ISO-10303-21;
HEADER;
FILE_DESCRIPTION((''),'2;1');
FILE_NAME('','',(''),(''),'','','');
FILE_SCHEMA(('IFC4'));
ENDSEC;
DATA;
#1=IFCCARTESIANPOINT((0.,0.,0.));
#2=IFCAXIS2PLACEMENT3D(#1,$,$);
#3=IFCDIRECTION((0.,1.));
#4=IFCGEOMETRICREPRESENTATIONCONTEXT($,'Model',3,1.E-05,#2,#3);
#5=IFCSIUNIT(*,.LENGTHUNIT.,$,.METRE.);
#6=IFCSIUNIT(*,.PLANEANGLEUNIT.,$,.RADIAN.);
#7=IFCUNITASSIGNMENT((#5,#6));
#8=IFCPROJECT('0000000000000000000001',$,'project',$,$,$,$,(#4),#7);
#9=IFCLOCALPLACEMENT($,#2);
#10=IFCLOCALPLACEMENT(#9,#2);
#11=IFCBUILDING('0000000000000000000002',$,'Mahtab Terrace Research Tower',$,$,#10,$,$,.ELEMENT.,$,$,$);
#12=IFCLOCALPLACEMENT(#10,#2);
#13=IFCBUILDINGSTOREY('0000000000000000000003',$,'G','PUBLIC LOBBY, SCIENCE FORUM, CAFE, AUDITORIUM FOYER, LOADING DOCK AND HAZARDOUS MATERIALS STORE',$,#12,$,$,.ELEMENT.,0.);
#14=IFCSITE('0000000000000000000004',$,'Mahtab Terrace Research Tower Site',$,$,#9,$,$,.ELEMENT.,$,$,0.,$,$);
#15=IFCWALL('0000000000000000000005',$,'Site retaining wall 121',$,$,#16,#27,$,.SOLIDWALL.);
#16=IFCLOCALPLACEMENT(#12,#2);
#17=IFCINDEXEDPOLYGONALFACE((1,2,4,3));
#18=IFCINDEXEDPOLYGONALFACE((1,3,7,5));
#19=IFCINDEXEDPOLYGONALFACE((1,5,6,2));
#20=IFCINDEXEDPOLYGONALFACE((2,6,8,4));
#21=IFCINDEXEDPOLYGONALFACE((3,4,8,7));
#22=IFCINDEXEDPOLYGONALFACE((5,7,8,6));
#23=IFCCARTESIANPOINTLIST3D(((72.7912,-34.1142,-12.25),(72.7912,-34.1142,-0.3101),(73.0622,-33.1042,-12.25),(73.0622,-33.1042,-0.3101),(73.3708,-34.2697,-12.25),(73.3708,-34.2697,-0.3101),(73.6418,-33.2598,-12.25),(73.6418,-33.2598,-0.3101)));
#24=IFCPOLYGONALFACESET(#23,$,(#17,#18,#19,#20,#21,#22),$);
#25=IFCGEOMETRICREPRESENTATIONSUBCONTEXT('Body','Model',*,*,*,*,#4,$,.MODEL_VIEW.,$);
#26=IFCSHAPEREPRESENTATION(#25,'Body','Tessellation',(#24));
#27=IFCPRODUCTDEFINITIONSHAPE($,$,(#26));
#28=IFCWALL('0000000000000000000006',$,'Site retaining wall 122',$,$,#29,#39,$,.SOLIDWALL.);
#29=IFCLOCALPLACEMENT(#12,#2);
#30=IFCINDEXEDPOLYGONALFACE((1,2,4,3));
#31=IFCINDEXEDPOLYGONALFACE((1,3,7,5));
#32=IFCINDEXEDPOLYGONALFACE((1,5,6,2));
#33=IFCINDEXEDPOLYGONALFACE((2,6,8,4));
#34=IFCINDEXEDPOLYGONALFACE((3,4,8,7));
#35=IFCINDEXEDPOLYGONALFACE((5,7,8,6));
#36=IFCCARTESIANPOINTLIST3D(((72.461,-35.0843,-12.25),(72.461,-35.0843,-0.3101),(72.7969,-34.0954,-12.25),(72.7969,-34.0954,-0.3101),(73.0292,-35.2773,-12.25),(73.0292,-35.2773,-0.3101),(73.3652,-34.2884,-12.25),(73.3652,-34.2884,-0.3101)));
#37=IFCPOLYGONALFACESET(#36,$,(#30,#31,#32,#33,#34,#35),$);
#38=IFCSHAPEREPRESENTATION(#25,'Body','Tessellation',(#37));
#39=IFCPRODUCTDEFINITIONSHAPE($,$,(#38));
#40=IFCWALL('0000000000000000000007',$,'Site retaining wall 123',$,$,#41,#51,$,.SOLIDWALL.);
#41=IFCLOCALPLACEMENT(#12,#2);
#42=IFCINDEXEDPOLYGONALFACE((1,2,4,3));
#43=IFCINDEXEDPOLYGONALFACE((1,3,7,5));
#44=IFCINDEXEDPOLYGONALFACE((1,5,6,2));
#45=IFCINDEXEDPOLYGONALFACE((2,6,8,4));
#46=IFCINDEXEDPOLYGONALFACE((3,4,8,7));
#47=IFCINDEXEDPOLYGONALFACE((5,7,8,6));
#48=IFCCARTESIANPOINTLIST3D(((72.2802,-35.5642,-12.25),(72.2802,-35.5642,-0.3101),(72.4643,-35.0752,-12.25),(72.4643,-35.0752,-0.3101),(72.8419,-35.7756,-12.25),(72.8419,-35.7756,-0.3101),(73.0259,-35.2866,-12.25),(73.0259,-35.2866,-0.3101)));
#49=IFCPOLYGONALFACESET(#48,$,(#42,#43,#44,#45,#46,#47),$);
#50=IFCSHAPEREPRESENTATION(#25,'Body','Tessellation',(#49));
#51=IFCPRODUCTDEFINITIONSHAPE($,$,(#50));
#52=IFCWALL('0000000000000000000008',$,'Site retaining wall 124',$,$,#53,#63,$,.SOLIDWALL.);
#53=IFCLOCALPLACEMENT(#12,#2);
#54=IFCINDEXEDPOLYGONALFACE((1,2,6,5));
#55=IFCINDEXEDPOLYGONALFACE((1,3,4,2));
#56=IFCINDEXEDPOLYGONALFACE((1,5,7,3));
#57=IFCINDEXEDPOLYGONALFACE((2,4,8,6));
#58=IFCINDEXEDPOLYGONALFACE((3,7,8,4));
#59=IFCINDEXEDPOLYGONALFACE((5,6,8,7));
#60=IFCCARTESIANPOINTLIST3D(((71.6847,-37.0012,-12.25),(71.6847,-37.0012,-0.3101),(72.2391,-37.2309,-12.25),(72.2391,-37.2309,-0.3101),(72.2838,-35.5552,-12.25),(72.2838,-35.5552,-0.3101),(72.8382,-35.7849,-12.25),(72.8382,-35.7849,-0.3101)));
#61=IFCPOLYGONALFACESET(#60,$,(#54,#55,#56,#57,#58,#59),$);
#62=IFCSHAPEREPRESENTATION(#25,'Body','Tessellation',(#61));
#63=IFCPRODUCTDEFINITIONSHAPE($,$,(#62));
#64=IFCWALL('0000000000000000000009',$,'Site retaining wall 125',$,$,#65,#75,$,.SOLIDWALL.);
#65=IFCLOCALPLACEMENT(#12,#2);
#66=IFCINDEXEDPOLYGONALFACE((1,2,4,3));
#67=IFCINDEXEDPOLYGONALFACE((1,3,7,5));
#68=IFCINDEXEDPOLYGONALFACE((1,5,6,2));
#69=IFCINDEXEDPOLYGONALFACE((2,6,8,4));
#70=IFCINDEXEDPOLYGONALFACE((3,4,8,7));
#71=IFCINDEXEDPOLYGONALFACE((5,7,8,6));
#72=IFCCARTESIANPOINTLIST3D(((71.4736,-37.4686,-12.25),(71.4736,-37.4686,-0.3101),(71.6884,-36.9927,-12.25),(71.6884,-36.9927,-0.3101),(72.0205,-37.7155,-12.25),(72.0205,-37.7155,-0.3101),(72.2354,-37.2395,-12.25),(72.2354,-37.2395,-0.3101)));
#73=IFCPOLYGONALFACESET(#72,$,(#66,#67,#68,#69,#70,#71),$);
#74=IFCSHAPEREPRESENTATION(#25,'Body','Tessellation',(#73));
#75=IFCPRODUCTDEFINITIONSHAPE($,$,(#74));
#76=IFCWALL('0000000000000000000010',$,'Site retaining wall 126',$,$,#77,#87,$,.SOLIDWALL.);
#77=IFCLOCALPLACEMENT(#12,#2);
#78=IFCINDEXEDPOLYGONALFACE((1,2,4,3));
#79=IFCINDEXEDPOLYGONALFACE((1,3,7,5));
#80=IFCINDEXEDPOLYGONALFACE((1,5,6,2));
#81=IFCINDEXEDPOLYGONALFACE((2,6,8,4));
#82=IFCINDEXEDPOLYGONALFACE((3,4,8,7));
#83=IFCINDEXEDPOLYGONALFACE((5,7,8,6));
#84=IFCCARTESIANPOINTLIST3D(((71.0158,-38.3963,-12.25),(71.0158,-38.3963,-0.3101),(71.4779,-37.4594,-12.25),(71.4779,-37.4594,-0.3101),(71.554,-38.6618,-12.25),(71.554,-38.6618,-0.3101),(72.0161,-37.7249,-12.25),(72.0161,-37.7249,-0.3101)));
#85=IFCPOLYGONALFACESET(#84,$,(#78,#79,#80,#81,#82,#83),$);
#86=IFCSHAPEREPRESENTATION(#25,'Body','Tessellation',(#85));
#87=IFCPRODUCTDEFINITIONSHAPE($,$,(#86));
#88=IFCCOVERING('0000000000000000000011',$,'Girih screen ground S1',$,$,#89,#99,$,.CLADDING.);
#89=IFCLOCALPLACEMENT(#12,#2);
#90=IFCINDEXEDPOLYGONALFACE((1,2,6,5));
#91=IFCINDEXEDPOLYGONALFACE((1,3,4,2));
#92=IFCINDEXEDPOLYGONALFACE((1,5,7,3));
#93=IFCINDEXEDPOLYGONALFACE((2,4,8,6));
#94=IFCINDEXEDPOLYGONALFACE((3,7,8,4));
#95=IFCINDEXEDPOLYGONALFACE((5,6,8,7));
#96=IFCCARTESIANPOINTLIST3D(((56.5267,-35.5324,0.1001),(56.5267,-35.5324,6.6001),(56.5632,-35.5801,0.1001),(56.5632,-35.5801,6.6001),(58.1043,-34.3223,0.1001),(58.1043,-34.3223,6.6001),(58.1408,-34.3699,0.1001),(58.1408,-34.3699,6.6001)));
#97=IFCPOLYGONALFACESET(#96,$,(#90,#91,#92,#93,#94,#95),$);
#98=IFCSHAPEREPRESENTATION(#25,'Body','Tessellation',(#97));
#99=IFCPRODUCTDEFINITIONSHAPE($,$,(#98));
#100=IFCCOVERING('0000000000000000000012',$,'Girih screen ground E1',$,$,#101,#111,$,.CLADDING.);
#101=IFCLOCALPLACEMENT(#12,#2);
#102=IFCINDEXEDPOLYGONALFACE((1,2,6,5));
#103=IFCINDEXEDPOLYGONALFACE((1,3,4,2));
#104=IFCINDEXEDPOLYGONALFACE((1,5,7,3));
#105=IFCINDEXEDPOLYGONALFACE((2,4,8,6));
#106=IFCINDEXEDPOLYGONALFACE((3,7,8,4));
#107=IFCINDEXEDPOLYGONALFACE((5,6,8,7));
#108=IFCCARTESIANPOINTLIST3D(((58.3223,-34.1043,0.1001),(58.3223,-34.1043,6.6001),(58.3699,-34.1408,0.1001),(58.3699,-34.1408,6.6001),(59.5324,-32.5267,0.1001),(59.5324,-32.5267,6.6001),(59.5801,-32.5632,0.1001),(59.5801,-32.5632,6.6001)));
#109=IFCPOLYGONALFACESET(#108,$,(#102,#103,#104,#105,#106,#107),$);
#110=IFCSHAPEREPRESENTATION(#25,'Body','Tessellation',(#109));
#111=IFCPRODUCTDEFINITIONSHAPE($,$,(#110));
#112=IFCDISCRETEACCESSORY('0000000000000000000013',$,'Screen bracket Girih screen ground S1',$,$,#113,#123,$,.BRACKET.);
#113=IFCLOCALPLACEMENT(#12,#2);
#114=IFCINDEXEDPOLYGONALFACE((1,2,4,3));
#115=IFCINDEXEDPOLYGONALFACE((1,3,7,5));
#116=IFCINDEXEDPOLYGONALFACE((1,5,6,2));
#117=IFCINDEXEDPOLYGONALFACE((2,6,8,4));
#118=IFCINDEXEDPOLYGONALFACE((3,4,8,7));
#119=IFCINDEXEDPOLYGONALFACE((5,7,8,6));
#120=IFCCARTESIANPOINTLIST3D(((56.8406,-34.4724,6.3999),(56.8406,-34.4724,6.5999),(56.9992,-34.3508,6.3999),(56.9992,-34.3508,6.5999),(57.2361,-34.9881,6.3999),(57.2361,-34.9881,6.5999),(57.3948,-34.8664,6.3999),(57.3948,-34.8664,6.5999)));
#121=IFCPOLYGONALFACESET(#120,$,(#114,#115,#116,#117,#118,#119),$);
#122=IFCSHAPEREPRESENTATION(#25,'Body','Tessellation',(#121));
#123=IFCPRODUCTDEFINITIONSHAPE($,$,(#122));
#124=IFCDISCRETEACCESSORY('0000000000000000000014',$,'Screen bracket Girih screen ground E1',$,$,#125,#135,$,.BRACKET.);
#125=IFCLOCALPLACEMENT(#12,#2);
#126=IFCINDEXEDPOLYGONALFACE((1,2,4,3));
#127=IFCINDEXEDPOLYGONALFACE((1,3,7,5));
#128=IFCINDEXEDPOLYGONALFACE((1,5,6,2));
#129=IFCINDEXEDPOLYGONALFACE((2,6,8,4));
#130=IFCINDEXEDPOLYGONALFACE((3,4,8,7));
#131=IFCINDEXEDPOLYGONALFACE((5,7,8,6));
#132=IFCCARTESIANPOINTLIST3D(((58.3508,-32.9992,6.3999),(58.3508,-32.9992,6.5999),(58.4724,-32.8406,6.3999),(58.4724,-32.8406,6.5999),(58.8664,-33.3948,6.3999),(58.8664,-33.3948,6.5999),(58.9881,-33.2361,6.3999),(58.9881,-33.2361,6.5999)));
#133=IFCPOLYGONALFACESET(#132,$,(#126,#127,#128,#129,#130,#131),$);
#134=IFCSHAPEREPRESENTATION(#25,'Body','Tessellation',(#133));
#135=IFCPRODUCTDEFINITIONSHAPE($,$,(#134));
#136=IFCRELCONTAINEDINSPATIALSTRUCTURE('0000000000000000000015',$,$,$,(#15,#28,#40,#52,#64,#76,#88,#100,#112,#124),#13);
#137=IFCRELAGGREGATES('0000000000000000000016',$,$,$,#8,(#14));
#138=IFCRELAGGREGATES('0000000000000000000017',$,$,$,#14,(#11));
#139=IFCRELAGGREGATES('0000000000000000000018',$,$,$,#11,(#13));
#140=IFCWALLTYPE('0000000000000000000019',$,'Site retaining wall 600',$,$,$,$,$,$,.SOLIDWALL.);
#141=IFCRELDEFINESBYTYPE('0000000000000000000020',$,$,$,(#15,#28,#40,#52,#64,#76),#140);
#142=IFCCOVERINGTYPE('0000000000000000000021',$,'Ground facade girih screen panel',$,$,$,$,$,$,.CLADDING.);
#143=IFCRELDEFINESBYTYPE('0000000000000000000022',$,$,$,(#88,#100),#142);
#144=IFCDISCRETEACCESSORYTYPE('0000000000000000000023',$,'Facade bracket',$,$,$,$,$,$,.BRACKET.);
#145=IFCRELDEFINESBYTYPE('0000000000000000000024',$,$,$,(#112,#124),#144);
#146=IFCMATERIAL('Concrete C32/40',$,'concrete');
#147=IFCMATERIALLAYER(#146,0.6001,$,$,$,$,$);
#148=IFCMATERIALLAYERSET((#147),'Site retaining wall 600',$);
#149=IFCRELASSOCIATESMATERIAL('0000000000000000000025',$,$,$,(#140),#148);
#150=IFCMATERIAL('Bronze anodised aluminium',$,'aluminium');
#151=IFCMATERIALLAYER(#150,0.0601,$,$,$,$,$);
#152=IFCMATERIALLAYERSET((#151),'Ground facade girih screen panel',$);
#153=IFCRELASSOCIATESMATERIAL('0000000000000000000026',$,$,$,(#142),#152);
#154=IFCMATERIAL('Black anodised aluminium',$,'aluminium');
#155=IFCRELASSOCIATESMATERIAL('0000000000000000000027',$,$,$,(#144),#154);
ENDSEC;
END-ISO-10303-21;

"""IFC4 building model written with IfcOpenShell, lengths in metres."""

from ifc_helpers import new_model, si_unit, direction, frame, frame_2d, origin, origin_2d, place, context, subcontext, project, spatial, rectangle, extrude, material, layer, layer_set, type_object, element, save


model = new_model("IFC4")

# Units and contexts
model_context = context("Model", 3, precision=1e-05, world=origin(), true_north=direction((0.0, 1.0)))
body_context = subcontext(model_context, "Body", "Model", "MODEL_VIEW")
ifc_project = project(units=[si_unit("LENGTHUNIT", "METRE"), si_unit("PLANEANGLEUNIT", "RADIAN")], contexts=[model_context])

# Site, building, storey
site_placement = place(None, origin())
site = spatial("IfcSite", under=ifc_project, at=site_placement, Name="Mahtab Terrace Research Tower Site", CompositionType="ELEMENT", RefElevation=0.0)
building_placement = place(site_placement, origin())
building = spatial("IfcBuilding", under=site, at=building_placement, Name="Mahtab Terrace Research Tower", CompositionType="ELEMENT")
storey_placement = place(building_placement, origin())
storey = spatial("IfcBuildingStorey", under=building, at=storey_placement, Name="G", Description="PUBLIC LOBBY, SCIENCE FORUM, CAFE, AUDITORIUM FOYER, LOADING DOCK AND HAZARDOUS MATERIALS STORE", CompositionType="ELEMENT", Elevation=0.0)

# Walls
ifc_material_1 = material(Name="Concrete C32/40", Category="concrete")
ifc_layer_1 = layer(ifc_material_1, 0.6001)
ifc_layer_set_1 = layer_set([ifc_layer_1], Name="Site retaining wall 600")
wall_type = type_object("IfcWallType", Name="Site retaining wall 600", PredefinedType="SOLIDWALL", material=ifc_layer_set_1)
wall_1_placement = place(storey_placement, frame((73.3521, -33.1819, -12.25), z_axis=(0.0, 0.0, 1.0), x_axis=(-0.259145, -0.965839, 0.0)))
element("IfcWall", 1, at=wall_1_placement, inside=storey, type_object=wall_type, Name="Site retaining wall 121", PredefinedType="SOLIDWALL", context=body_context, shape_type="SweptSolid", body=[
    extrude(rectangle(XDim=1.0457, YDim=0.6001, at=frame_2d((0.5229, 0.0))), origin(), (0.0, 0.0, 1.0), 11.9399),
])
wall_2_placement = place(storey_placement, frame((73.0811, -34.1919, -12.25), z_axis=(0.0, 0.0, 1.0), x_axis=(-0.321622, -0.946868, 0.0)))
element("IfcWall", 2, at=wall_2_placement, inside=storey, type_object=wall_type, Name="Site retaining wall 122", PredefinedType="SOLIDWALL", context=body_context, shape_type="SweptSolid", body=[
    extrude(rectangle(XDim=1.0444, YDim=0.6001, at=frame_2d((0.5222, 0.0))), origin(), (0.0, 0.0, 1.0), 11.9399),
])
wall_3_placement = place(storey_placement, frame((72.7451, -35.1809, -12.25), z_axis=(0.0, 0.0, 1.0), x_axis=(-0.352301, -0.935887, 0.0)))
element("IfcWall", 3, at=wall_3_placement, inside=storey, type_object=wall_type, Name="Site retaining wall 123", PredefinedType="SOLIDWALL", context=body_context, shape_type="SweptSolid", body=[
    extrude(rectangle(XDim=0.5225, YDim=0.6001, at=frame_2d((0.2612, 0.0))), origin(), (0.0, 0.0, 1.0), 11.9399),
])
wall_4_placement = place(storey_placement, frame((72.561, -35.6699, -12.25), z_axis=(0.0, 0.0, 1.0), x_axis=(-0.382765, -0.923846, 0.0)))
element("IfcWall", 4, at=wall_4_placement, inside=storey, type_object=wall_type, Name="Site retaining wall 124", PredefinedType="SOLIDWALL", context=body_context, shape_type="SweptSolid", body=[
    extrude(rectangle(XDim=1.5652, YDim=0.6001, at=frame_2d((0.7827, 0.0))), origin(), (0.0, 0.0, 1.0), 11.9399),
])
wall_5_placement = place(storey_placement, frame((71.9619, -37.116, -12.25), z_axis=(0.0, 0.0, 1.0), x_axis=(-0.411336, -0.911484, 0.0)))
element("IfcWall", 5, at=wall_5_placement, inside=storey, type_object=wall_type, Name="Site retaining wall 125", PredefinedType="SOLIDWALL", context=body_context, shape_type="SweptSolid", body=[
    extrude(rectangle(XDim=0.5222, YDim=0.6001, at=frame_2d((0.2612, 0.0))), origin(), (0.0, 0.0, 1.0), 11.9399),
])
wall_6_placement = place(storey_placement, frame((71.7471, -37.592, -12.25), z_axis=(0.0, 0.0, 1.0), x_axis=(-0.442347, -0.896844, 0.0)))
element("IfcWall", 6, at=wall_6_placement, inside=storey, type_object=wall_type, Name="Site retaining wall 126", PredefinedType="SOLIDWALL", context=body_context, shape_type="SweptSolid", body=[
    extrude(rectangle(XDim=1.0447, YDim=0.6001, at=frame_2d((0.5225, 0.0))), origin(), (0.0, 0.0, 1.0), 11.9399),
])

# Coverings
ifc_material_2 = material(Name="Bronze anodised aluminium", Category="aluminium")
ifc_layer_2 = layer(ifc_material_2, 0.0601)
ifc_layer_set_2 = layer_set([ifc_layer_2], Name="Ground facade girih screen panel")
covering_type = type_object("IfcCoveringType", Name="Ground facade girih screen panel", PredefinedType="CLADDING", material=ifc_layer_set_2)
for number, where, z_axis, x_axis, name in (
    (7, (57.3337, -34.9512, 0.1001), (0.0, 0.0, 1.0), (0.79346, 0.608623, 0.0), "Girih screen ground S1"),
    (8, (58.9512, -33.3337, 0.1001), (0.0, 0.0, 1.0), (0.608623, 0.79346, 0.0), "Girih screen ground E1"),
):
    element("IfcCovering", number, at=place(storey_placement, frame(where, z_axis=z_axis, x_axis=x_axis)), inside=storey, type_object=covering_type, Name=name, PredefinedType="CLADDING", context=body_context, shape_type="SweptSolid", body=[
        extrude(rectangle(XDim=1.9883, YDim=0.0601, at=origin_2d()), origin(), (0.0, 0.0, 1.0), 6.5),
    ])

# Discrete accessories
ifc_material_3 = material(Name="Black anodised aluminium", Category="aluminium")
discrete_accessory_type = type_object("IfcDiscreteAccessoryType", Name="Facade bracket", PredefinedType="BRACKET", material=ifc_material_3)
for number, where, z_axis, x_axis, name in (
    (9, (57.1177, -34.6694, 6.3999), (0.0, 0.0, 1.0), (0.79346, 0.608623, 0.0), "Screen bracket Girih screen ground S1"),
    (10, (58.6694, -33.1177, 6.3999), (0.0, 0.0, 1.0), (0.608623, 0.79346, 0.0), "Screen bracket Girih screen ground E1"),
):
    element("IfcDiscreteAccessory", number, at=place(storey_placement, frame(where, z_axis=z_axis, x_axis=x_axis)), inside=storey, type_object=discrete_accessory_type, Name=name, PredefinedType="BRACKET", context=body_context, shape_type="SweptSolid", body=[
        extrude(rectangle(XDim=0.2, YDim=0.6499, at=origin_2d()), origin(), (0.0, 0.0, 1.0), 0.2),
    ])

save(model, "model.ifc")
